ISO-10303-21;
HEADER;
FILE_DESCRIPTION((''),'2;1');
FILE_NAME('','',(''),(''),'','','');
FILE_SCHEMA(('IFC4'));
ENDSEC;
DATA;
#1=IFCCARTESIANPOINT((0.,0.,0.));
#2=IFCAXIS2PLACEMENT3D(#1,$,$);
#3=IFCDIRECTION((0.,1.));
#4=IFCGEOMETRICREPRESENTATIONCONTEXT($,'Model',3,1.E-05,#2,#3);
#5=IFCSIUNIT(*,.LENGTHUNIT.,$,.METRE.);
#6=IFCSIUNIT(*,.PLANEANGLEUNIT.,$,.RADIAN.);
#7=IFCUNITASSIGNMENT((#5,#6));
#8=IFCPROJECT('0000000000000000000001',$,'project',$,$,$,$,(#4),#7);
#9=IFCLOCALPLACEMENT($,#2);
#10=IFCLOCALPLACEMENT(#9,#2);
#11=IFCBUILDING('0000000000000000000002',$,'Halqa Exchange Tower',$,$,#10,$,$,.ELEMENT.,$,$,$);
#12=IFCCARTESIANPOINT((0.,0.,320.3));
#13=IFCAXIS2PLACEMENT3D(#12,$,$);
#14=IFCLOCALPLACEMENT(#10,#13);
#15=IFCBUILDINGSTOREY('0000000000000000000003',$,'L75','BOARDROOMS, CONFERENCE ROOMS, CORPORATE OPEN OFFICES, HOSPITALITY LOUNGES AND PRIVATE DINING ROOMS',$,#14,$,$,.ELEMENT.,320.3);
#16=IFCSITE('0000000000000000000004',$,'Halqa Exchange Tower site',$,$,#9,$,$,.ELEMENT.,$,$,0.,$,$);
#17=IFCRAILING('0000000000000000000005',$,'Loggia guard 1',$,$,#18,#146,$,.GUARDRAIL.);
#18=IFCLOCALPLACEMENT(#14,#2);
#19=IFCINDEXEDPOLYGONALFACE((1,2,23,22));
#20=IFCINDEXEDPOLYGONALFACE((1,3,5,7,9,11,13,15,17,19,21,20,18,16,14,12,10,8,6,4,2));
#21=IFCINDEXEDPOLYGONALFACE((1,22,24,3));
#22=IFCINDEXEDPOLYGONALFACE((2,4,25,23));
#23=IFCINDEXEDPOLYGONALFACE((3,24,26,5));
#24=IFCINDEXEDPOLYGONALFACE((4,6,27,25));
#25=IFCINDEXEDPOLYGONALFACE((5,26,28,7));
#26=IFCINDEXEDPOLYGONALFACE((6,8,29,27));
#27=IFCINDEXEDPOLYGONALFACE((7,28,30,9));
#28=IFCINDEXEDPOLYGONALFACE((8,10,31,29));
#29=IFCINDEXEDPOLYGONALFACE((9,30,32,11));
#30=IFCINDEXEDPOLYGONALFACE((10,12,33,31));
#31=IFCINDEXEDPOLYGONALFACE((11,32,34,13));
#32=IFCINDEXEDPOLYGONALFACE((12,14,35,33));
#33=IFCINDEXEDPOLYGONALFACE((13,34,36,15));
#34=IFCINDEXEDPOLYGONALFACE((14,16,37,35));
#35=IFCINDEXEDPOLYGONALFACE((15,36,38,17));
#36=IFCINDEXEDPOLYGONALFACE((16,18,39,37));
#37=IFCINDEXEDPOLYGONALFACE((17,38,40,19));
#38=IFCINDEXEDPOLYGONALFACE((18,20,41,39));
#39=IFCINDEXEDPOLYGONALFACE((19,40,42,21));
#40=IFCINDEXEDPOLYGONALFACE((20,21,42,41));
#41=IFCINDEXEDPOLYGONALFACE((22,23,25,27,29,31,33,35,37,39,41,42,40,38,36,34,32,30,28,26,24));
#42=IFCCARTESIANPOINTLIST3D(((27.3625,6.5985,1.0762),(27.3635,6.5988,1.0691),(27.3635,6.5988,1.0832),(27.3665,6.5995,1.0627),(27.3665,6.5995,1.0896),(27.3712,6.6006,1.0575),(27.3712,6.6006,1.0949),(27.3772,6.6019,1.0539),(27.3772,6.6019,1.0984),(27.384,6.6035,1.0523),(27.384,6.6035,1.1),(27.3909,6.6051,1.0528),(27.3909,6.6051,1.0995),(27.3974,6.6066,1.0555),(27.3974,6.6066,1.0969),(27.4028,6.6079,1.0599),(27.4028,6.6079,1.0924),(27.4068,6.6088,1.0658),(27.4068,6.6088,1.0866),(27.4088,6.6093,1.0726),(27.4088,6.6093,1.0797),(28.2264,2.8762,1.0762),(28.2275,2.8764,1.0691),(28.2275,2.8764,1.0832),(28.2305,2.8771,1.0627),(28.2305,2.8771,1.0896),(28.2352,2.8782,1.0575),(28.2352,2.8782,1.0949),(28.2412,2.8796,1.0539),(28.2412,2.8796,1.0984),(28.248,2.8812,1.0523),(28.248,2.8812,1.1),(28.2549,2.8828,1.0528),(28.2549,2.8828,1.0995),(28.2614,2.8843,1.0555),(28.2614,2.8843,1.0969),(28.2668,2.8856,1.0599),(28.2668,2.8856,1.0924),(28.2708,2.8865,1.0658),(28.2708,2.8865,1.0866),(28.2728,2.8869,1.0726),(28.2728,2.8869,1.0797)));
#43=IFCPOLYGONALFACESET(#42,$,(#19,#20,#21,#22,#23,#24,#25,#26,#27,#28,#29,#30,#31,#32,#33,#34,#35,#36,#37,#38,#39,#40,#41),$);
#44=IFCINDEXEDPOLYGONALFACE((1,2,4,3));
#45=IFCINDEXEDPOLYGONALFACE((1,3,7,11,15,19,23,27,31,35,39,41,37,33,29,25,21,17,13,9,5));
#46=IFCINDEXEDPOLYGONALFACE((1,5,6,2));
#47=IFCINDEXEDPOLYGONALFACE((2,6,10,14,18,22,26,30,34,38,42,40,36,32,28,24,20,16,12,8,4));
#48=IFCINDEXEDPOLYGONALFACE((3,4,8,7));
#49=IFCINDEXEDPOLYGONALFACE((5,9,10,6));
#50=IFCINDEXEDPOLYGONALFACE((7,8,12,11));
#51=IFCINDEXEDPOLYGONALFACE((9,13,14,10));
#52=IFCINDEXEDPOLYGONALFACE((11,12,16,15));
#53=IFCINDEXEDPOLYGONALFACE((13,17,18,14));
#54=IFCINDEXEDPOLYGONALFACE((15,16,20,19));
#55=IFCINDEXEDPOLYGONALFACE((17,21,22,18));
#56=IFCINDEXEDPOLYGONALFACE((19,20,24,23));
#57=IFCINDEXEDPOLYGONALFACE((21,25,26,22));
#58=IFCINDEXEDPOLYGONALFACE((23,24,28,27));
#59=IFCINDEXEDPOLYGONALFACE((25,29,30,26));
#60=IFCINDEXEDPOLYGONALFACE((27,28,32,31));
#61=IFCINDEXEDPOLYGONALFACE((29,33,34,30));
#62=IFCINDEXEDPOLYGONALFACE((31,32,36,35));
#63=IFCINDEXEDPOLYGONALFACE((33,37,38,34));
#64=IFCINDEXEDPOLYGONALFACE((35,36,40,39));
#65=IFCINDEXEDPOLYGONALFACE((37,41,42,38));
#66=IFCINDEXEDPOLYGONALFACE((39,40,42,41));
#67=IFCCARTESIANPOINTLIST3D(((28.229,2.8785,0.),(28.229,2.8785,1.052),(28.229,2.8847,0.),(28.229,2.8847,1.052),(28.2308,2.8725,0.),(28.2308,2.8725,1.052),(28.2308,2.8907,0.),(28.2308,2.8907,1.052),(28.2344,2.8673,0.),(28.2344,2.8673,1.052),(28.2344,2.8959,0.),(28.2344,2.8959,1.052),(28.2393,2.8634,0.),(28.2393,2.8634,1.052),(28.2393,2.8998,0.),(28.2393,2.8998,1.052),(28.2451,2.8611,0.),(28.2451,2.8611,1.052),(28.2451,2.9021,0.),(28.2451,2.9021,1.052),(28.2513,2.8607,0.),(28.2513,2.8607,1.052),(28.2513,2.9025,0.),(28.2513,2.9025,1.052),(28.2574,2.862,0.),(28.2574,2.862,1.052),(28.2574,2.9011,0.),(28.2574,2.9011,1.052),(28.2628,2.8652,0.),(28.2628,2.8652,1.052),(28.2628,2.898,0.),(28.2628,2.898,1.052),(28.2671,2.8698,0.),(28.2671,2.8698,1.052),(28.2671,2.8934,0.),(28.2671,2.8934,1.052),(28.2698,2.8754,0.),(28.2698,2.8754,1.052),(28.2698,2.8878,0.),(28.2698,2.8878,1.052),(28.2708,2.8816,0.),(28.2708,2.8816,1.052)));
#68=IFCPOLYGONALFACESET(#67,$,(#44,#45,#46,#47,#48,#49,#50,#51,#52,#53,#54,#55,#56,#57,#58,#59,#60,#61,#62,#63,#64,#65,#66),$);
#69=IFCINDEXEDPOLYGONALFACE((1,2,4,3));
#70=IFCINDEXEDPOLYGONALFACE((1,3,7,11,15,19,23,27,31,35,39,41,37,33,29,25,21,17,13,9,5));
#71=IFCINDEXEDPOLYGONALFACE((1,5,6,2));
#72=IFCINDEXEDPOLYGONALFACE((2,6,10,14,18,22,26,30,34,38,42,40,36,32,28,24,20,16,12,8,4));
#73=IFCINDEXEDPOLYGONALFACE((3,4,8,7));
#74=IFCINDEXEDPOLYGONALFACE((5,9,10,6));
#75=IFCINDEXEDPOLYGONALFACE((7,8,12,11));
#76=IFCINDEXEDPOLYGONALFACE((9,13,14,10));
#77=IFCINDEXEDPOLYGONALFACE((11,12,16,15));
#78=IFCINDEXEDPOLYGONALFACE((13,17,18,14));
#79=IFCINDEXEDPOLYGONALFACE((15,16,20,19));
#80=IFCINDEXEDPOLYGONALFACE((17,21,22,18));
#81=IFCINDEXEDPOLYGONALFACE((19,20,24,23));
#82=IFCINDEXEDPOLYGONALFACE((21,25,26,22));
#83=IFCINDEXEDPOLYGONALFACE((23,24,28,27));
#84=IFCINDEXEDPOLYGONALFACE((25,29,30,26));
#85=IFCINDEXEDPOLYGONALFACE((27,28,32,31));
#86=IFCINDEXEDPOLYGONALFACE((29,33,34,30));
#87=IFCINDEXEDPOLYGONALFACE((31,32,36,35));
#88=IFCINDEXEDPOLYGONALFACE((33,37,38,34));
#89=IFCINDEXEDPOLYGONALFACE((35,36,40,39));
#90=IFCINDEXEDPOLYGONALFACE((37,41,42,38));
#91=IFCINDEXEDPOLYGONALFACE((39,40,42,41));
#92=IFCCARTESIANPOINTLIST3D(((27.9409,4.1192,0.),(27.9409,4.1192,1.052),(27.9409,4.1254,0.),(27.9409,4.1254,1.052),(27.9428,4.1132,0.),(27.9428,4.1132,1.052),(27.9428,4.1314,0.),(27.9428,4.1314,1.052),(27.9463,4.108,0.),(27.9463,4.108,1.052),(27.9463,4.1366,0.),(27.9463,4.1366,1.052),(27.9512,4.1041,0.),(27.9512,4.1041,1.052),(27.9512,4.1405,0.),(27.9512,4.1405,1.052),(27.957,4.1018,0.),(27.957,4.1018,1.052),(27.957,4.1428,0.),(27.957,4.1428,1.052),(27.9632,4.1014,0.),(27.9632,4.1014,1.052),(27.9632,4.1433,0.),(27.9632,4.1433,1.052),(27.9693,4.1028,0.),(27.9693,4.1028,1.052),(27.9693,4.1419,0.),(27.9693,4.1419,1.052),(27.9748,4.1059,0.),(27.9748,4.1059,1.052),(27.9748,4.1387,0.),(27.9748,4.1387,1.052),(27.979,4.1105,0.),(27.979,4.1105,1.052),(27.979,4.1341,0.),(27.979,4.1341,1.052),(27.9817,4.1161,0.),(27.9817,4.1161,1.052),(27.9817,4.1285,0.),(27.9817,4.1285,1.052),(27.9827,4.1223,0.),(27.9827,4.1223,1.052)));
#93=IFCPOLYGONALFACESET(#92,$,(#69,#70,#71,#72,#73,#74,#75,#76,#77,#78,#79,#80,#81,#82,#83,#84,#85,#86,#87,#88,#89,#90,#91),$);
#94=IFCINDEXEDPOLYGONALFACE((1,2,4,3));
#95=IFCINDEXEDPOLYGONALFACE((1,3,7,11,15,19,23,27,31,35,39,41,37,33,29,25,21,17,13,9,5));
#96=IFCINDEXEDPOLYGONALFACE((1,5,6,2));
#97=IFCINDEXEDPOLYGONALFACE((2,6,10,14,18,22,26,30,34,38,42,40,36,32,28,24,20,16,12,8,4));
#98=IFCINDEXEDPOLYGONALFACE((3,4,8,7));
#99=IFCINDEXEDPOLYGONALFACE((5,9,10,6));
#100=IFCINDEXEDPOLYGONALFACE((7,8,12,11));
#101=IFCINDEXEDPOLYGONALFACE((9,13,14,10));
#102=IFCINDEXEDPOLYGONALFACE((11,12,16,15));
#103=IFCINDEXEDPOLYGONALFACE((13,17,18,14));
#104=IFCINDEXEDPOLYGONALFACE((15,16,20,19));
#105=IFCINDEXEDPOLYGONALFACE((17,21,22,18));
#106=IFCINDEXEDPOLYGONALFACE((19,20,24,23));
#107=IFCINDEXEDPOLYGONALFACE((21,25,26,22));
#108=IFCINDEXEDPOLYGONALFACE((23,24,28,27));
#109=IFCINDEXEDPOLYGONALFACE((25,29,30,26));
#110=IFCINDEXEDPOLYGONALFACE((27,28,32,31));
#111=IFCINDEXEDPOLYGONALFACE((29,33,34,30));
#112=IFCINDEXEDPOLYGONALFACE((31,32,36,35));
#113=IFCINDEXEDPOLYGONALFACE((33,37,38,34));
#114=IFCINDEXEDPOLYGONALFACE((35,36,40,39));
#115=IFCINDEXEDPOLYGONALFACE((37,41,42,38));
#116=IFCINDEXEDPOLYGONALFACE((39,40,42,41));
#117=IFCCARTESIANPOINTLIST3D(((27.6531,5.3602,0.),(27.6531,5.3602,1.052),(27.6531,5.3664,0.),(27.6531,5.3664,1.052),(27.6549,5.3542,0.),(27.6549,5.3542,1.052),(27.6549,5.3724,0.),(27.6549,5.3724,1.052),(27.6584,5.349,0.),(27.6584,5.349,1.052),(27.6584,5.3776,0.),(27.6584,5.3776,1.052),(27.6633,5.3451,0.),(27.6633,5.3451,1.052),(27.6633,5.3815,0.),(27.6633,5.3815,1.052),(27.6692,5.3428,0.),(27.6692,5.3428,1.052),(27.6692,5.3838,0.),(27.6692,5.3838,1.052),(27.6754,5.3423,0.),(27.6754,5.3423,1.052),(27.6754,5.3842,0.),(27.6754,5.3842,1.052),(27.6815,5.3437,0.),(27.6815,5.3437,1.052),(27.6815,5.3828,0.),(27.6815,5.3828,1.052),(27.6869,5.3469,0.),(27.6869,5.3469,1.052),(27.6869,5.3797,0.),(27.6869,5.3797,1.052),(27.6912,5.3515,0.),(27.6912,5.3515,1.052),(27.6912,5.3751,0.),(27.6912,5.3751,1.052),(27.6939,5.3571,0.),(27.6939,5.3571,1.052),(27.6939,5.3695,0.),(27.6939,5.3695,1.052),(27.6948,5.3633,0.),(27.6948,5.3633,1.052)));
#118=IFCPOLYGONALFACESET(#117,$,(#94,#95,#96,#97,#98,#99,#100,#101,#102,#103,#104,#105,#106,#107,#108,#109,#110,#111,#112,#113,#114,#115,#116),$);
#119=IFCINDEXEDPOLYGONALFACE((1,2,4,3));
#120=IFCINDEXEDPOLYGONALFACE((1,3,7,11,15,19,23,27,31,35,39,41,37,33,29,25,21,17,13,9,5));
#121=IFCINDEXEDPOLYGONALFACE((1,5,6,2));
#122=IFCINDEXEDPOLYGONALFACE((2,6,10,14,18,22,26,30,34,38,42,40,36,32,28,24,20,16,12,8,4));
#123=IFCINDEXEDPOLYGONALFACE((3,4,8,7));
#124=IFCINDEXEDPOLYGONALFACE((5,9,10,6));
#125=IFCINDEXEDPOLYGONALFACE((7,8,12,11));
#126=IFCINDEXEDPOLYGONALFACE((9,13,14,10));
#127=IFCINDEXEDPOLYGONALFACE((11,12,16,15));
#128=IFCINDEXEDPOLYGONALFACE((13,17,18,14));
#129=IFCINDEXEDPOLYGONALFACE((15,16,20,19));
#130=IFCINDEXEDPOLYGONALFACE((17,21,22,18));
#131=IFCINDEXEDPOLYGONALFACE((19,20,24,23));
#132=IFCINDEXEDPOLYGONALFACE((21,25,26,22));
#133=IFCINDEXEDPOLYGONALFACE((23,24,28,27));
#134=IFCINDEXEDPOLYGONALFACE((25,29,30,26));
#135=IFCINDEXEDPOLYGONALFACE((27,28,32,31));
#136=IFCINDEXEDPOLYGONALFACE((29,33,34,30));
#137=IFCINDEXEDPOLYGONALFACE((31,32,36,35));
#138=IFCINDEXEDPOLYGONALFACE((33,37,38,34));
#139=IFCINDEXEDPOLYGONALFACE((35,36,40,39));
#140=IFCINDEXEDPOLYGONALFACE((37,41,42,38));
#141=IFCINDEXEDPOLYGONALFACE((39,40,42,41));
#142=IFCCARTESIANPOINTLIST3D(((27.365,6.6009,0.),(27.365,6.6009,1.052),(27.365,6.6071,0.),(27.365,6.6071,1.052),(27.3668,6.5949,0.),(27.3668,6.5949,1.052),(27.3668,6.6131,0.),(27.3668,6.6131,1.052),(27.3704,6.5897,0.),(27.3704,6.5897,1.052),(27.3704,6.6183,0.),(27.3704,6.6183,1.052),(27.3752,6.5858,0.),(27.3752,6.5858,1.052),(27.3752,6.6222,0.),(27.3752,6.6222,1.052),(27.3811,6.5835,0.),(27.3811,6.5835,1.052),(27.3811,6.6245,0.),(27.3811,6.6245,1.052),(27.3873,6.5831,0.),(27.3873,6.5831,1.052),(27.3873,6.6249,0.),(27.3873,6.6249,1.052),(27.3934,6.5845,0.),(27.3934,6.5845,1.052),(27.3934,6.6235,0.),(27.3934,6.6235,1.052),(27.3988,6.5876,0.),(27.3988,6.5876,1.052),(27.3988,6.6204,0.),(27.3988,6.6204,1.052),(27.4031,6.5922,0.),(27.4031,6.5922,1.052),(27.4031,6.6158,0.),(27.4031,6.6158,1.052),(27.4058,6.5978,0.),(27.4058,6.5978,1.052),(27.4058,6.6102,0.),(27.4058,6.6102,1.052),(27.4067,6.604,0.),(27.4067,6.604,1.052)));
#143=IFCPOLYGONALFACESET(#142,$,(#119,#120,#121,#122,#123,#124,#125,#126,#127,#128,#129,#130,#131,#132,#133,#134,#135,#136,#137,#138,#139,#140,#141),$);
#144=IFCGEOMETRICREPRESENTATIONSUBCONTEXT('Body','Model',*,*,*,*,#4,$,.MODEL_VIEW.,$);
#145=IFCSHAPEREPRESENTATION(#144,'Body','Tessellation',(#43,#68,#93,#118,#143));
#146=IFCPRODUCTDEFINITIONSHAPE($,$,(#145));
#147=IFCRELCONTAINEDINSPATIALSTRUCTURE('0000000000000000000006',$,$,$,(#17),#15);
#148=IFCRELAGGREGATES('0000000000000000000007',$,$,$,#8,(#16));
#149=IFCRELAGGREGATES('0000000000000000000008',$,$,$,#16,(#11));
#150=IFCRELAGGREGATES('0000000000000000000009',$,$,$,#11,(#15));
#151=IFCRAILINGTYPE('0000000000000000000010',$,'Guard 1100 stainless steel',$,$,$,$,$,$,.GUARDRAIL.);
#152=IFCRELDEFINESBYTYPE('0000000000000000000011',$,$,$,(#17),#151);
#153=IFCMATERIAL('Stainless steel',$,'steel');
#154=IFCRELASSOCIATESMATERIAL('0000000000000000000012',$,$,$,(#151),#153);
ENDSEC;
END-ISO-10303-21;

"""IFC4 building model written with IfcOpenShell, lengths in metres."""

from ifc_helpers import new_model, si_unit, direction, frame, origin, origin_2d, place, context, subcontext, project, spatial, circle, extrude, material, type_object, element, save


model = new_model("IFC4")

# Units and contexts
model_context = context("Model", 3, precision=1e-05, world=origin(), true_north=direction((0.0, 1.0)))
body_context = subcontext(model_context, "Body", "Model", "MODEL_VIEW")
ifc_project = project(units=[si_unit("LENGTHUNIT", "METRE"), si_unit("PLANEANGLEUNIT", "RADIAN")], contexts=[model_context])

# Site, building, storey
site_placement = place(None, origin())
site = spatial("IfcSite", under=ifc_project, at=site_placement, Name="Halqa Exchange Tower site", CompositionType="ELEMENT", RefElevation=0.0)
building_placement = place(site_placement, origin())
building = spatial("IfcBuilding", under=site, at=building_placement, Name="Halqa Exchange Tower", CompositionType="ELEMENT")
storey_placement = place(building_placement, frame((0.0, 0.0, 320.3)))
storey = spatial("IfcBuildingStorey", under=building, at=storey_placement, Name="L75", Description="BOARDROOMS, CONFERENCE ROOMS, CORPORATE OPEN OFFICES, HOSPITALITY LOUNGES AND PRIVATE DINING ROOMS", CompositionType="ELEMENT", Elevation=320.3)

# Railing
ifc_material_1 = material(Name="Stainless steel", Category="steel")
railing_type = type_object("IfcRailingType", Name="Guard 1100 stainless steel", PredefinedType="GUARDRAIL", material=ifc_material_1)
railing_1_placement = place(storey_placement, frame((28.2498, 2.8816, 0.0)))
element("IfcRailing", 1, at=railing_1_placement, inside=storey, type_object=railing_type, Name="Loggia guard 1", PredefinedType="GUARDRAIL", context=body_context, shape_type="SweptSolid", body=[
    extrude(circle(Radius=0.0239, at=origin_2d()), frame((0.0, 0.0, 1.0762), z_axis=(-0.2261, 0.974104, 0.0), x_axis=(-0.974104, -0.2261, 0.0)), (0.0, 0.0, 1.0), 3.8213),
    extrude(circle(Radius=0.021, at=origin_2d()), origin(), (0.0, 0.0, 1.0), 1.052),
    extrude(circle(Radius=0.021, at=origin_2d()), frame((-0.2881, 1.2407, 0.0)), (0.0, 0.0, 1.0), 1.052),
    extrude(circle(Radius=0.021, at=origin_2d()), frame((-0.5759, 2.4817, 0.0)), (0.0, 0.0, 1.0), 1.052),
    extrude(circle(Radius=0.021, at=origin_2d()), frame((-0.864, 3.7224, 0.0)), (0.0, 0.0, 1.0), 1.052),
])

save(model, "model.ifc")
